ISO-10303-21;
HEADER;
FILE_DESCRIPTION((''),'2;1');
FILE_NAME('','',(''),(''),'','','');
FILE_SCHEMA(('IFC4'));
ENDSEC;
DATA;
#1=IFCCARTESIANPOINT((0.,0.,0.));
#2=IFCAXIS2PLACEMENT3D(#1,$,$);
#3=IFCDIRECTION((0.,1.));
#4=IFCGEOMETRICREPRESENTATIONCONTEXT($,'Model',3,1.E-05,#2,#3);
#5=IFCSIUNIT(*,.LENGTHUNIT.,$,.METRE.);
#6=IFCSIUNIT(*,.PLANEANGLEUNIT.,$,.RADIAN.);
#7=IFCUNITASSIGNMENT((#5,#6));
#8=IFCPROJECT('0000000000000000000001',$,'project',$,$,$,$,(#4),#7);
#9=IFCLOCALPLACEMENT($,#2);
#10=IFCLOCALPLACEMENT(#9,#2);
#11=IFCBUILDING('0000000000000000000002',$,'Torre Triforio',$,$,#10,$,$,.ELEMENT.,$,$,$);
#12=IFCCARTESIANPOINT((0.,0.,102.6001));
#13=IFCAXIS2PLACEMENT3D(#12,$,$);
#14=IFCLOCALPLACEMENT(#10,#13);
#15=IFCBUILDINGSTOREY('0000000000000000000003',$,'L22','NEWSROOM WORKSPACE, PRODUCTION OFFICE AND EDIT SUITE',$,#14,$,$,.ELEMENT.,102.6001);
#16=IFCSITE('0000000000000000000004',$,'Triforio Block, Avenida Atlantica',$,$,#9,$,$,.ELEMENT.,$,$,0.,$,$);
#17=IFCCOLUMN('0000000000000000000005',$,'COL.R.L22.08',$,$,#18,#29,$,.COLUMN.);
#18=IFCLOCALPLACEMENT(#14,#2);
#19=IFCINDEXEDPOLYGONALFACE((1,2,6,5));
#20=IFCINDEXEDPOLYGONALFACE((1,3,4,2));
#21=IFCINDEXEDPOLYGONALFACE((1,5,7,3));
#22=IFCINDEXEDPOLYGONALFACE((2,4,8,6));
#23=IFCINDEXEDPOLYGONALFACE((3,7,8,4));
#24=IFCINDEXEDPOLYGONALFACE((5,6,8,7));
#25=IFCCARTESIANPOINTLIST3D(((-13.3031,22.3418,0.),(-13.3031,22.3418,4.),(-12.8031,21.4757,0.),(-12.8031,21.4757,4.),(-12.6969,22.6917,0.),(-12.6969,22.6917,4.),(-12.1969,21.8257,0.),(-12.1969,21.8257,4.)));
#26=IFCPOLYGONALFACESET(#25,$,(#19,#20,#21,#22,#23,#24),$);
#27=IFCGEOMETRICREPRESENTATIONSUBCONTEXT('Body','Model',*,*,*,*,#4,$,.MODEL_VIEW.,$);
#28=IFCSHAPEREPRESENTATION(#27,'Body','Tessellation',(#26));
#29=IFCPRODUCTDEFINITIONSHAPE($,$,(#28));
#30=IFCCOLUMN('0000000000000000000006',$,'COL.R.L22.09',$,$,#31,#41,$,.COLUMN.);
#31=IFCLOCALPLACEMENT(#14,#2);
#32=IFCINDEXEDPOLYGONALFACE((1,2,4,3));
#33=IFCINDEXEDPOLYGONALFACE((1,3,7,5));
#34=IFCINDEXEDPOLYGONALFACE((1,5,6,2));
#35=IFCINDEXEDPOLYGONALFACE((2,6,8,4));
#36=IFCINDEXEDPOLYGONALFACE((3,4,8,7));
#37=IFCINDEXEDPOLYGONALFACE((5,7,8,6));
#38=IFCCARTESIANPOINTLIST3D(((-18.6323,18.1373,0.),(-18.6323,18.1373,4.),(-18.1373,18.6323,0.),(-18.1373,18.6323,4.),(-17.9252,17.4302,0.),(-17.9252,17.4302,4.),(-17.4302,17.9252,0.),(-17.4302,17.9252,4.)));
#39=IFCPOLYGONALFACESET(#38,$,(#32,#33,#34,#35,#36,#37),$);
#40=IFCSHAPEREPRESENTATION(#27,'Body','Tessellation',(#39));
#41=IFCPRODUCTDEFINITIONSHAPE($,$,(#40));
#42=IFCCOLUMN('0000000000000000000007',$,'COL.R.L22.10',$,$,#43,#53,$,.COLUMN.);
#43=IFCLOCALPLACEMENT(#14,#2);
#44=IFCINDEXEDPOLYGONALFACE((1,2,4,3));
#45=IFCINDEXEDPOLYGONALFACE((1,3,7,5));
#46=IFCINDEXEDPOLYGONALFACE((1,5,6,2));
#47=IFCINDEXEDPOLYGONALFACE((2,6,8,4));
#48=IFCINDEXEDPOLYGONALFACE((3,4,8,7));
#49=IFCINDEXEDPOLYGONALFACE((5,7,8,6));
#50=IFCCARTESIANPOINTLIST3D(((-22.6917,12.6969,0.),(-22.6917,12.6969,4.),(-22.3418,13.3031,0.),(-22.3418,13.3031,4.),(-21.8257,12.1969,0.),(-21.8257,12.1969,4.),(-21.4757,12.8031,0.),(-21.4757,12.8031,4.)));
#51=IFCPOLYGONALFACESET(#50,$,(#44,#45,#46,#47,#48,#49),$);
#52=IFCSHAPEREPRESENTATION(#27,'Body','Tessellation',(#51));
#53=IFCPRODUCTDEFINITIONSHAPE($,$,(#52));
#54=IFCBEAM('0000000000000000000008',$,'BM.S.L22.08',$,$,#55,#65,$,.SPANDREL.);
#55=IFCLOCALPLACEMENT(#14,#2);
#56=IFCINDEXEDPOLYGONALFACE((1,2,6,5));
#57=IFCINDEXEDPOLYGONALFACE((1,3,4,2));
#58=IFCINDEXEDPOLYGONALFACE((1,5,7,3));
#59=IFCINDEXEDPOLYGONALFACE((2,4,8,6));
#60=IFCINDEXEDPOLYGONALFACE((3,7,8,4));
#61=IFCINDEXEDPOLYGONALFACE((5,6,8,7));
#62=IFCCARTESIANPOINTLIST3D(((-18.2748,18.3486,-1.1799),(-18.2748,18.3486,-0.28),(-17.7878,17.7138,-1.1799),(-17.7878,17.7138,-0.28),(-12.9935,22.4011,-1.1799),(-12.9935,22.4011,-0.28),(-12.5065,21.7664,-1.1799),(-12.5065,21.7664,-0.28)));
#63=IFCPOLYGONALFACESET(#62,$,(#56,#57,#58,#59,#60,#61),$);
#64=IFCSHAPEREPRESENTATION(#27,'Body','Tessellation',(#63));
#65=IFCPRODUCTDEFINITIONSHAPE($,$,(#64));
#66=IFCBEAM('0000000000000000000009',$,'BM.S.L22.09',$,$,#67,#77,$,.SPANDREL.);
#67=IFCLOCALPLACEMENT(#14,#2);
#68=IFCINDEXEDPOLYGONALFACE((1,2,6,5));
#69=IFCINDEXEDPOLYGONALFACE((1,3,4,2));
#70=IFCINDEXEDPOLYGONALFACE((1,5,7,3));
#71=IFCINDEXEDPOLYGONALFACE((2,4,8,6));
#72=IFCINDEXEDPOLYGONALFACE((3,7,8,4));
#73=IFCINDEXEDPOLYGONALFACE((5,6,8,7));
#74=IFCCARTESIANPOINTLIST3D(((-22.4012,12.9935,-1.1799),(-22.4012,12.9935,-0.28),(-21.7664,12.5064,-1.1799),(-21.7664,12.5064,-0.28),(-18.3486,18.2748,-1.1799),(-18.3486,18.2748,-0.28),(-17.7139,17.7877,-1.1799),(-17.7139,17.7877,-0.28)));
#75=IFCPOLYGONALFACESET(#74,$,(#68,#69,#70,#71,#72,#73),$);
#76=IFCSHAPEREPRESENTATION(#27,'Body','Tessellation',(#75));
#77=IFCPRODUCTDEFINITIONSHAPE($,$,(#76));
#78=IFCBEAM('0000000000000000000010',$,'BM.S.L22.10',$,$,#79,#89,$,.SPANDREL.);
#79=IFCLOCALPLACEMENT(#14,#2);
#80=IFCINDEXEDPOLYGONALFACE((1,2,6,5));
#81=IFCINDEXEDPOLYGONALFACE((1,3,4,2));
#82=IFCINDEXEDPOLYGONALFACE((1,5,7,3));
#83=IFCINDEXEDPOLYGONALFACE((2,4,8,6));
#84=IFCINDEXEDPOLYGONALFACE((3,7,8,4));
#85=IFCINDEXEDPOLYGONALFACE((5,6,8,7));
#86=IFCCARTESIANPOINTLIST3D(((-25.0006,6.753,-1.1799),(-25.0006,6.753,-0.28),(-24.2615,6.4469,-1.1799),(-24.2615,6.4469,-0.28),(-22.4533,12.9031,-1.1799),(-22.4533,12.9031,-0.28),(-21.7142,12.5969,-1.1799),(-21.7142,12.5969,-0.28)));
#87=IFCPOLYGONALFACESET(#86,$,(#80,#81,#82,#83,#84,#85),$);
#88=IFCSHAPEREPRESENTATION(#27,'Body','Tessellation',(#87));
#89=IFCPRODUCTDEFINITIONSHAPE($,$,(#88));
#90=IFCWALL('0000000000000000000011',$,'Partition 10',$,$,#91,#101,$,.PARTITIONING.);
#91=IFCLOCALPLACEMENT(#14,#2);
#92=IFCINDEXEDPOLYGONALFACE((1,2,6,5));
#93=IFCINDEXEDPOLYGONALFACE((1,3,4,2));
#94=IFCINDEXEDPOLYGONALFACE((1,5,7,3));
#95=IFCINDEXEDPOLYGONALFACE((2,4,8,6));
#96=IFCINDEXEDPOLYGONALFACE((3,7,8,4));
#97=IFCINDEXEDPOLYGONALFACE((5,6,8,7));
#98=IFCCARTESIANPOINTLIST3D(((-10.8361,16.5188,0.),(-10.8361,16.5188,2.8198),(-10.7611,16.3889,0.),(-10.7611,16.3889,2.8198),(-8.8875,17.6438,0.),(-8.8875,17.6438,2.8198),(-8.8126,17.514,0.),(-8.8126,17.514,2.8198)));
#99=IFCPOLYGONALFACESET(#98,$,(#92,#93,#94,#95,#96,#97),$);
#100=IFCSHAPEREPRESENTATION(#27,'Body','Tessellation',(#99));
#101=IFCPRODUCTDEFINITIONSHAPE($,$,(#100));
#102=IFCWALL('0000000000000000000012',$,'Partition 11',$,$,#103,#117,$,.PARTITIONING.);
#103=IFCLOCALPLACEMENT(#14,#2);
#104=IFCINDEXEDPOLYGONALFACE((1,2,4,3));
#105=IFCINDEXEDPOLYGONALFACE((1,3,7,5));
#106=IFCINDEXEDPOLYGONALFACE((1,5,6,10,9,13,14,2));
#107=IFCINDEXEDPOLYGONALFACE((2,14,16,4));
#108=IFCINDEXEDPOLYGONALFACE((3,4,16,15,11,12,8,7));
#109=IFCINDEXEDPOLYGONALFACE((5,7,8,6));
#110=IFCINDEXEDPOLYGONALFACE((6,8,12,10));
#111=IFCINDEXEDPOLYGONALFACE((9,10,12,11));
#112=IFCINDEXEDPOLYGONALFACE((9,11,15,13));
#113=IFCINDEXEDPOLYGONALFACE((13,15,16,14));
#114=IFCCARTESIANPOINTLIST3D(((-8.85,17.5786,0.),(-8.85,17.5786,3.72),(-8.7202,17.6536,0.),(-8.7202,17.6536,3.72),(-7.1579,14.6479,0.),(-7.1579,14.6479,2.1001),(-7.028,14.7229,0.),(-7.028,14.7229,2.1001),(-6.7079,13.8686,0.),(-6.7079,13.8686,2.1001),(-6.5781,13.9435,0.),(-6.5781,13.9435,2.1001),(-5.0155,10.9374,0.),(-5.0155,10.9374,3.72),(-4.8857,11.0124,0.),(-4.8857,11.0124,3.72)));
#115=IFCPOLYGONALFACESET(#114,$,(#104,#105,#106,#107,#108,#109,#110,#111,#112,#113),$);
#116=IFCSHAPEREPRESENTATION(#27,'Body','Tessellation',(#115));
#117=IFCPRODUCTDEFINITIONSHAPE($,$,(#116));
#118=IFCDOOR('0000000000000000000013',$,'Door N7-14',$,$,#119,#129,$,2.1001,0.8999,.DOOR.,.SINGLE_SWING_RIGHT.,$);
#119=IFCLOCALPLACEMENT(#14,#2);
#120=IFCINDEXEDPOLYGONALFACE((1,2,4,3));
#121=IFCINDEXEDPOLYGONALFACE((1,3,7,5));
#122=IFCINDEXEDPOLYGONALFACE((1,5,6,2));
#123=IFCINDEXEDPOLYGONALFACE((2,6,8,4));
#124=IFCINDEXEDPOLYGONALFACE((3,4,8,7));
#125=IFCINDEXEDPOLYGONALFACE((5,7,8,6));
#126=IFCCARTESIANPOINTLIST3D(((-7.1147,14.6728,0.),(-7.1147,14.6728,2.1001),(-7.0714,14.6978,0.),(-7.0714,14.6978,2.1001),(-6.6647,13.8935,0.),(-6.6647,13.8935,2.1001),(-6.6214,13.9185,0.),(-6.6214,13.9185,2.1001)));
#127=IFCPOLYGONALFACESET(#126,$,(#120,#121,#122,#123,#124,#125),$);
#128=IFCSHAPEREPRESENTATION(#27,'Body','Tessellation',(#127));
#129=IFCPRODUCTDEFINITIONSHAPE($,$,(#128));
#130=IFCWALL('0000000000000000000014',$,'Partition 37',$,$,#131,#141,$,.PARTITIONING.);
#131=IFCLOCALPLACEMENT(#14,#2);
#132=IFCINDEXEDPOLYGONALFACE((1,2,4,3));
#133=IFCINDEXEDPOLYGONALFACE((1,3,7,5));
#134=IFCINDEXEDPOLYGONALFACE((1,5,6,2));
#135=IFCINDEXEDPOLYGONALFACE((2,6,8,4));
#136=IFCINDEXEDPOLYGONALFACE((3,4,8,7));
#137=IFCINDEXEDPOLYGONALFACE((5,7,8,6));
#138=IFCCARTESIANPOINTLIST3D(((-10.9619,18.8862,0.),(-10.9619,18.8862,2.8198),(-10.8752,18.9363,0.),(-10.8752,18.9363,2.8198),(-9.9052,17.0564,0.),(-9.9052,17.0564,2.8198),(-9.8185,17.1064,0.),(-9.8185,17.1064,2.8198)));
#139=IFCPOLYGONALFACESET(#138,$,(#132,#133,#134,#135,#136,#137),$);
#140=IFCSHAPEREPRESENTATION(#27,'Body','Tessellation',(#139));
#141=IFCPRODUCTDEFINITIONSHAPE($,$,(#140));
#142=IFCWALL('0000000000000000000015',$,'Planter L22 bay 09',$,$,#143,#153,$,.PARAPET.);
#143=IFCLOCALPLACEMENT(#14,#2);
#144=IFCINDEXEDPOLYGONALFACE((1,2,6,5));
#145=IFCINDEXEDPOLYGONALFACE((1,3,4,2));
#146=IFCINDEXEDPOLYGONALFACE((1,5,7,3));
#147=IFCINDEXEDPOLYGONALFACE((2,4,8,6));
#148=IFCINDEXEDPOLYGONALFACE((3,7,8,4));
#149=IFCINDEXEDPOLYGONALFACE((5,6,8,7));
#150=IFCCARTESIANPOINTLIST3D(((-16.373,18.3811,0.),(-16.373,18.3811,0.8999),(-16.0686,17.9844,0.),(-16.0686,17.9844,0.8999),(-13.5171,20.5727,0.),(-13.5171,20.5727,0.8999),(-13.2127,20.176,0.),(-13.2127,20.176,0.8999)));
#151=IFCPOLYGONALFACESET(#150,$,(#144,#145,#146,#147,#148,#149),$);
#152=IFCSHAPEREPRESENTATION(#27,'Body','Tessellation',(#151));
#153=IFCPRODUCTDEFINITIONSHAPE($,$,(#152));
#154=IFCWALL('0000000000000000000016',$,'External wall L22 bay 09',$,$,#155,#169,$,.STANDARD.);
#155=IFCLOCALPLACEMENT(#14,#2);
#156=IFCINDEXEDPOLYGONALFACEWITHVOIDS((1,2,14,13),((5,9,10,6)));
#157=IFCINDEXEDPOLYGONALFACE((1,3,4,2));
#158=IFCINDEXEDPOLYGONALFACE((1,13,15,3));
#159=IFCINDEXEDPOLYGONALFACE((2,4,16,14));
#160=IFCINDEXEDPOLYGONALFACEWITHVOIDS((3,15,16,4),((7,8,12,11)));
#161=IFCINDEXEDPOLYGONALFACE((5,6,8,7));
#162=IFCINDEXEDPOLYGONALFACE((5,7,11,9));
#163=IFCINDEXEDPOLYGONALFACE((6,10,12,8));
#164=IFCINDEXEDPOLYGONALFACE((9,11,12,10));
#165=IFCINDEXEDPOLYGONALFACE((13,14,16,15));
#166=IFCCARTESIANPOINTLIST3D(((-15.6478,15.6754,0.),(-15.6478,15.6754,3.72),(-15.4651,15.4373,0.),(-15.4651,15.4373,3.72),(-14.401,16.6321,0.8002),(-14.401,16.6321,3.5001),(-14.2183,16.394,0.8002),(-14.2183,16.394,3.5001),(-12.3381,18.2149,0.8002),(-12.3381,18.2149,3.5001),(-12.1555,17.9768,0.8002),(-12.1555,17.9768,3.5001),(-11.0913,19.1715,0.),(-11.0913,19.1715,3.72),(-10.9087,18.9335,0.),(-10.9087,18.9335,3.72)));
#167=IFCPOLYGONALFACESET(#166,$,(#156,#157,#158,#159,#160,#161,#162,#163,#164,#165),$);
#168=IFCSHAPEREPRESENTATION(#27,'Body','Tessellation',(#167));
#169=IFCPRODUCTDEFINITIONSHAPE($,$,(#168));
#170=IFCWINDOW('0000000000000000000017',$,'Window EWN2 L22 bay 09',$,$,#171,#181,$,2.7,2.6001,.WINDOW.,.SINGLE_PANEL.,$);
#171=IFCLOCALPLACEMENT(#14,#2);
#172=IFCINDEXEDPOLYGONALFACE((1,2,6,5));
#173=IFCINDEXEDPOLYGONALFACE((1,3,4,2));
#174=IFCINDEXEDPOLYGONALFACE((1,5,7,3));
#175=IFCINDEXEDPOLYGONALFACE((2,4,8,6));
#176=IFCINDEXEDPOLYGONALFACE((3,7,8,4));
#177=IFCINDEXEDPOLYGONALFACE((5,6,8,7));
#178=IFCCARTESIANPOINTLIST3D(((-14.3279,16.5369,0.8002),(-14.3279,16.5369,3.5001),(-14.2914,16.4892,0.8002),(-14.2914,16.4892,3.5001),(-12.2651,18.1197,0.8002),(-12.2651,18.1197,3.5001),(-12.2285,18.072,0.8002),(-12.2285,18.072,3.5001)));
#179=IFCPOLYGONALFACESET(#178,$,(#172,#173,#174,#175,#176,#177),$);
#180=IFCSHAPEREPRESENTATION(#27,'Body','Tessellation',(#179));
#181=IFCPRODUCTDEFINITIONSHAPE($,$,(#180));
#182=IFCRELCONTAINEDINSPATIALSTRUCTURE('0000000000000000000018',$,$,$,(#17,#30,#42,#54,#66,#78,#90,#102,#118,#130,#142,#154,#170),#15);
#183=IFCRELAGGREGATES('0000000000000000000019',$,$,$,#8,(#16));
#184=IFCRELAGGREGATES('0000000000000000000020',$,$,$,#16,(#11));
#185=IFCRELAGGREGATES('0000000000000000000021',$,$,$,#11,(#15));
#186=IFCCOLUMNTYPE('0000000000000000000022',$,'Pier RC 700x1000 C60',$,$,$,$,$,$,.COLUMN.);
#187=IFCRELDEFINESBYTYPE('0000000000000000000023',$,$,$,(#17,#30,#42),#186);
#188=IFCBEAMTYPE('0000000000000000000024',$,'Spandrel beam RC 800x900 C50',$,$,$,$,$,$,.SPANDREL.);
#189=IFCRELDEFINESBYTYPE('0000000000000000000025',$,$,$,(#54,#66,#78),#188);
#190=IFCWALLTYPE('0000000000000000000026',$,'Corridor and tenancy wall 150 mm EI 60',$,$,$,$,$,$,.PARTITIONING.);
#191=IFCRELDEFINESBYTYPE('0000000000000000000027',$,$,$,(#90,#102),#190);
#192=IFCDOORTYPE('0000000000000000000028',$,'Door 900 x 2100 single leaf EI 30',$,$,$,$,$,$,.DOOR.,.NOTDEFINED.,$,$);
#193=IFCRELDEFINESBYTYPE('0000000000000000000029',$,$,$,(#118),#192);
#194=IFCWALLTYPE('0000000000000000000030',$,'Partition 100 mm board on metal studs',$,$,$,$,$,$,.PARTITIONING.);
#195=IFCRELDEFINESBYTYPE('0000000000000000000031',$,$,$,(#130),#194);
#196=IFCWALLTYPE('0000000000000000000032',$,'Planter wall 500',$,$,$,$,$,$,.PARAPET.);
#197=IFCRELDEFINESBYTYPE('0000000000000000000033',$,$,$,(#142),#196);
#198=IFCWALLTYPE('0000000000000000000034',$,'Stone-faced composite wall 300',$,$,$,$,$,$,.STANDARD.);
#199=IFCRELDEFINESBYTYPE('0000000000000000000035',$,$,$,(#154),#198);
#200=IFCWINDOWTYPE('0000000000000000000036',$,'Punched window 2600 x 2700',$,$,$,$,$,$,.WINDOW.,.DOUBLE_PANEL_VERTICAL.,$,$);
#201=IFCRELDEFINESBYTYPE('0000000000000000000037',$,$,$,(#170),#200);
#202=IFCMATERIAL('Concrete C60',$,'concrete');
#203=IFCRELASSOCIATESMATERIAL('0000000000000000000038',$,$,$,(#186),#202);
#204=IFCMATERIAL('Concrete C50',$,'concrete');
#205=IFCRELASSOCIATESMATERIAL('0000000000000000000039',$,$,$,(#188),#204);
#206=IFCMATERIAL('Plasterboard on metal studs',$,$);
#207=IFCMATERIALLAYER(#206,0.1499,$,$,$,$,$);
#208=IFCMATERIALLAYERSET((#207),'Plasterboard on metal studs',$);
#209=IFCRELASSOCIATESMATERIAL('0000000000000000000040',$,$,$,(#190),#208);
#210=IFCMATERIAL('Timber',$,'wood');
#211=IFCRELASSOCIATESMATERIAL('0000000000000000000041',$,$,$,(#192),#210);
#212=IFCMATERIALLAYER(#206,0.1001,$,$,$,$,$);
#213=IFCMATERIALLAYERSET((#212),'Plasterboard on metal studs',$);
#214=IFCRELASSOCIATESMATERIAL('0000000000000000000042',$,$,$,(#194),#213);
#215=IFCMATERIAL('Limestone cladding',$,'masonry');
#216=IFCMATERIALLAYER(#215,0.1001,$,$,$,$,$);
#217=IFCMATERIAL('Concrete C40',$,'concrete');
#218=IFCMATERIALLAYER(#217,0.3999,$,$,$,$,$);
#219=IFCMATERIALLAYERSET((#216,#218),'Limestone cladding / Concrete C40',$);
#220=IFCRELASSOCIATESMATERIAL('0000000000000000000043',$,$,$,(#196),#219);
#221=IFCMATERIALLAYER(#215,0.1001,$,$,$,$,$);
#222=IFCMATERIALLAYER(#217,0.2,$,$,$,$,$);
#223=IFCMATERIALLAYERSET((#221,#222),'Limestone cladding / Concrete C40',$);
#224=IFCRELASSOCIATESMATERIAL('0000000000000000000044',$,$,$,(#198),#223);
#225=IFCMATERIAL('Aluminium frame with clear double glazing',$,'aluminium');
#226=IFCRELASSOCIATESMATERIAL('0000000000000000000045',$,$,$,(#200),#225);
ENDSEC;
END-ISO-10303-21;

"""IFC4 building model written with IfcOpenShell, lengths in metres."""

from ifc_helpers import new_model, si_unit, direction, frame, frame_2d, origin, origin_2d, place, context, subcontext, project, spatial, rectangle, extrude, material, layer, layer_set, material_profile, profile_set, type_object, element, fill, save


model = new_model("IFC4")

# Units and contexts
model_context = context("Model", 3, precision=1e-05, world=origin(), true_north=direction((0.0, 1.0)))
body_context = subcontext(model_context, "Body", "Model", "MODEL_VIEW")
ifc_project = project(units=[si_unit("LENGTHUNIT", "METRE"), si_unit("PLANEANGLEUNIT", "RADIAN")], contexts=[model_context])

# Site, building, storey
site_placement = place(None, origin())
site = spatial("IfcSite", under=ifc_project, at=site_placement, Name="Triforio Block, Avenida Atlantica", CompositionType="ELEMENT", RefElevation=0.0)
building_placement = place(site_placement, origin())
building = spatial("IfcBuilding", under=site, at=building_placement, Name="Torre Triforio", CompositionType="ELEMENT")
storey_placement = place(building_placement, frame((0.0, 0.0, 102.6001)))
storey = spatial("IfcBuildingStorey", under=building, at=storey_placement, Name="L22", Description="NEWSROOM WORKSPACE, PRODUCTION OFFICE AND EDIT SUITE", CompositionType="ELEMENT", Elevation=102.6001)

# Columns
ifc_material_1 = material(Name="Concrete C60", Category="concrete")
ifc_material_profile_1 = material_profile(ifc_material_1, rectangle(XDim=0.7, YDim=1.0, at=origin_2d()), Name="RC 700x1000")
ifc_profile_set_1 = profile_set([ifc_material_profile_1], Name="Concrete C60")
column_type = type_object("IfcColumnType", Name="Pier RC 700x1000 C60", PredefinedType="COLUMN", material=ifc_profile_set_1)
for number, where, z_axis, x_axis, name in (
    (1, (-12.75, 22.0837, 0.0), (0.0, 0.0, 1.0), (-0.866025, -0.5, 0.0), "COL.R.L22.08"),
    (2, (-18.0312, 18.0312, 0.0), (0.0, 0.0, 1.0), (-0.707107, -0.707107, 0.0), "COL.R.L22.09"),
    (3, (-22.0837, 12.75, 0.0), (0.0, 0.0, 1.0), (-0.5, -0.866025, 0.0), "COL.R.L22.10"),
):
    element("IfcColumn", number, at=place(storey_placement, frame(where, z_axis=z_axis, x_axis=x_axis)), inside=storey, type_object=column_type, Name=name, PredefinedType="COLUMN", context=body_context, shape_type="SweptSolid", body=[
        extrude(rectangle(XDim=0.7, YDim=1.0, at=origin_2d()), origin(), (0.0, 0.0, 1.0), 4.0),
    ])

# Beams
ifc_material_2 = material(Name="Concrete C50", Category="concrete")
ifc_material_profile_2 = material_profile(ifc_material_2, rectangle(XDim=0.8, YDim=0.8999, at=origin_2d()), Name="RC 800x900")
ifc_profile_set_2 = profile_set([ifc_material_profile_2], Name="Concrete C50")
beam_type = type_object("IfcBeamType", Name="Spandrel beam RC 800x900 C50", PredefinedType="SPANDREL", material=ifc_profile_set_2)
for number, where, z_axis, x_axis, name in (
    (4, (-12.75, 22.0837, -0.73), (-0.79335, -0.608766, 0.0), (0.608766, -0.79335, 0.0), "BM.S.L22.08"),
    (5, (-18.0312, 18.0312, -0.73), (-0.608766, -0.79335, 0.0), (0.79335, -0.608766, 0.0), "BM.S.L22.09"),
):
    element("IfcBeam", number, at=place(storey_placement, frame(where, z_axis=z_axis, x_axis=x_axis)), inside=storey, type_object=beam_type, Name=name, PredefinedType="SPANDREL", context=body_context, shape_type="SweptSolid", body=[
        extrude(rectangle(XDim=0.8, YDim=0.8999, at=origin_2d()), origin(), (0.0, 0.0, 1.0), 6.657),
    ])
beam_placement = place(storey_placement, frame((-22.0837, 12.75, -0.73), z_axis=(-0.382669, -0.923885, 0.0), x_axis=(0.923885, -0.382669, 0.0)))
element("IfcBeam", 6, at=beam_placement, inside=storey, type_object=beam_type, Name="BM.S.L22.10", PredefinedType="SPANDREL", context=body_context, shape_type="SweptSolid", body=[
    extrude(rectangle(XDim=0.8, YDim=0.8999, at=origin_2d()), origin(), (0.0, 0.0, 1.0), 6.6567),
])

# Wall
ifc_material_3 = material(Name="Plasterboard on metal studs")
ifc_layer_1 = layer(ifc_material_3, 0.1499)
ifc_layer_set_1 = layer_set([ifc_layer_1], Name="Plasterboard on metal studs")
wall_type_1 = type_object("IfcWallType", Name="Corridor and tenancy wall 150 mm EI 60", PredefinedType="PARTITIONING", material=ifc_layer_set_1)
wall_1_placement = place(storey_placement, frame((-10.7986, 16.4539, 0.0), z_axis=(0.0, 0.0, 1.0), x_axis=(0.866018, 0.500014, 0.0)))
element("IfcWall", 7, at=wall_1_placement, inside=storey, type_object=wall_type_1, Name="Partition 10", PredefinedType="PARTITIONING", context=body_context, shape_type="SweptSolid", body=[
    extrude(rectangle(XDim=2.25, YDim=0.1499, at=frame_2d((1.125, 0.0))), origin(), (0.0, 0.0, 1.0), 2.8198),
])

# Wall, opening, door
wall_2_placement = place(storey_placement, frame((-8.7852, 17.6162, 0.0), z_axis=(0.0, 0.0, 1.0), x_axis=(0.500022, -0.866013, 0.0)))
wall_2 = element("IfcWall", 8, at=wall_2_placement, inside=storey, type_object=wall_type_1, Name="Partition 11", PredefinedType="PARTITIONING", context=body_context, shape_type="SweptSolid", body=[
    extrude(rectangle(XDim=7.6687, YDim=0.1499, at=frame_2d((3.8345, 0.0))), origin(), (0.0, 0.0, 1.0), 3.72),
])
opening_1_placement = place(wall_2_placement, frame((3.3843, 0.0, 0.0)))
opening_1 = element("IfcOpeningElement", 9, at=opening_1_placement, cuts=wall_2, PredefinedType="OPENING", context=body_context, shape_type="SweptSolid", body=[
    extrude(rectangle(XDim=0.8999, YDim=2.1001, at=frame_2d((0.45, 1.05))), frame((0.0, 0.085, 0.0), z_axis=(0.0, -1.0, 0.0), x_axis=(1.0, 0.0, 0.0)), (0.0, 0.0, 1.0), 0.1699),
])
ifc_material_4 = material(Name="Timber", Category="wood")
door_type_1 = type_object("IfcDoorType", Name="Door 900 x 2100 single leaf EI 30", OperationType="NOTDEFINED", PredefinedType="DOOR", material=ifc_material_4)
door_1_placement = place(opening_1_placement, origin())
door_1 = element("IfcDoor", 10, at=door_1_placement, inside=storey, type_object=door_type_1, Name="Door N7-14", OperationType="SINGLE_SWING_RIGHT", OverallHeight=2.1001, OverallWidth=0.8999, PredefinedType="DOOR", context=body_context, shape_type="SweptSolid", body=[
    extrude(rectangle(XDim=0.8999, YDim=2.1001, at=frame_2d((0.45, 1.05))), frame((0.0, 0.0249, 0.0), z_axis=(0.0, -1.0, 0.0), x_axis=(1.0, 0.0, 0.0)), (0.0, 0.0, 1.0), 0.05),
])
fill(opening_1, door_1)

# Walls
ifc_layer_2 = layer(ifc_material_3, 0.1001)
ifc_layer_set_2 = layer_set([ifc_layer_2], Name="Plasterboard on metal studs")
wall_type_2 = type_object("IfcWallType", Name="Partition 100 mm board on metal studs", PredefinedType="PARTITIONING", material=ifc_layer_set_2)
wall_3_placement = place(storey_placement, frame((-9.8618, 17.0813, 0.0), z_axis=(0.0, 0.0, 1.0), x_axis=(-0.500066, 0.865987, 0.0)))
element("IfcWall", 11, at=wall_3_placement, inside=storey, type_object=wall_type_2, Name="Partition 37", PredefinedType="PARTITIONING", context=body_context, shape_type="SweptSolid", body=[
    extrude(rectangle(XDim=2.113, YDim=0.1001, at=frame_2d((1.0566, 0.0))), origin(), (0.0, 0.0, 1.0), 2.8198),
])
ifc_material_5 = material(Name="Limestone cladding", Category="masonry")
ifc_layer_3 = layer(ifc_material_5, 0.1001)
ifc_material_6 = material(Name="Concrete C40", Category="concrete")
ifc_layer_4 = layer(ifc_material_6, 0.3999)
ifc_layer_set_3 = layer_set([ifc_layer_3, ifc_layer_4], Name="Limestone cladding / Concrete C40")
wall_type_3 = type_object("IfcWallType", Name="Planter wall 500", PredefinedType="PARAPET", material=ifc_layer_set_3)
wall_4_placement = place(storey_placement, frame((-13.365, 20.3743, 0.0), z_axis=(0.0, 0.0, 1.0), x_axis=(-0.793327, -0.608796, 0.0)))
element("IfcWall", 12, at=wall_4_placement, inside=storey, type_object=wall_type_3, Name="Planter L22 bay 09", PredefinedType="PARAPET", context=body_context, shape_type="SweptSolid", body=[
    extrude(rectangle(XDim=3.5999, YDim=0.5, at=frame_2d((1.7998, 0.0))), origin(), (0.0, 0.0, 1.0), 0.8999),
])

# Wall, opening, window
ifc_layer_5 = layer(ifc_material_5, 0.1001)
ifc_layer_6 = layer(ifc_material_6, 0.2)
ifc_layer_set_4 = layer_set([ifc_layer_5, ifc_layer_6], Name="Limestone cladding / Concrete C40")
wall_type_4 = type_object("IfcWallType", Name="Stone-faced composite wall 300", PredefinedType="STANDARD", material=ifc_layer_set_4)
wall_5_placement = place(storey_placement, frame((-11.0, 19.0525, 0.0), z_axis=(0.0, 0.0, 1.0), x_axis=(-0.793366, -0.608745, 0.0)))
wall_5 = element("IfcWall", 13, at=wall_5_placement, inside=storey, type_object=wall_type_4, Name="External wall L22 bay 09", PredefinedType="STANDARD", context=body_context, shape_type="SweptSolid", body=[
    extrude(rectangle(XDim=5.7432, YDim=0.3, at=frame_2d((2.8716, 0.0))), origin(), (0.0, 0.0, 1.0), 3.72),
])
opening_2_placement = place(wall_5_placement, frame((1.5715, 0.0, 0.8)))
opening_2 = element("IfcOpeningElement", 14, at=opening_2_placement, cuts=wall_5, PredefinedType="OPENING", context=body_context, shape_type="SweptSolid", body=[
    extrude(rectangle(XDim=2.6001, YDim=2.7, at=frame_2d((1.3, 1.3501))), frame((0.0, 0.1599, 0.0), z_axis=(0.0, -1.0, 0.0), x_axis=(1.0, 0.0, 0.0)), (0.0, 0.0, 1.0), 0.3201),
])
ifc_material_7 = material(Name="Aluminium frame with clear double glazing", Category="aluminium")
window_type_1 = type_object("IfcWindowType", Name="Punched window 2600 x 2700", PartitioningType="DOUBLE_PANEL_VERTICAL", PredefinedType="WINDOW", material=ifc_material_7)
window_1_placement = place(opening_2_placement, origin())
window_1 = element("IfcWindow", 15, at=window_1_placement, inside=storey, type_object=window_type_1, Name="Window EWN2 L22 bay 09", OverallHeight=2.7, OverallWidth=2.6001, PartitioningType="SINGLE_PANEL", PredefinedType="WINDOW", context=body_context, shape_type="SweptSolid", body=[
    extrude(rectangle(XDim=2.6001, YDim=2.7, at=frame_2d((1.3, 1.3501))), frame((0.0, 0.03, 0.0), z_axis=(0.0, -1.0, 0.0), x_axis=(1.0, 0.0, 0.0)), (0.0, 0.0, 1.0), 0.0601),
])
fill(opening_2, window_1)

save(model, "model.ifc")
